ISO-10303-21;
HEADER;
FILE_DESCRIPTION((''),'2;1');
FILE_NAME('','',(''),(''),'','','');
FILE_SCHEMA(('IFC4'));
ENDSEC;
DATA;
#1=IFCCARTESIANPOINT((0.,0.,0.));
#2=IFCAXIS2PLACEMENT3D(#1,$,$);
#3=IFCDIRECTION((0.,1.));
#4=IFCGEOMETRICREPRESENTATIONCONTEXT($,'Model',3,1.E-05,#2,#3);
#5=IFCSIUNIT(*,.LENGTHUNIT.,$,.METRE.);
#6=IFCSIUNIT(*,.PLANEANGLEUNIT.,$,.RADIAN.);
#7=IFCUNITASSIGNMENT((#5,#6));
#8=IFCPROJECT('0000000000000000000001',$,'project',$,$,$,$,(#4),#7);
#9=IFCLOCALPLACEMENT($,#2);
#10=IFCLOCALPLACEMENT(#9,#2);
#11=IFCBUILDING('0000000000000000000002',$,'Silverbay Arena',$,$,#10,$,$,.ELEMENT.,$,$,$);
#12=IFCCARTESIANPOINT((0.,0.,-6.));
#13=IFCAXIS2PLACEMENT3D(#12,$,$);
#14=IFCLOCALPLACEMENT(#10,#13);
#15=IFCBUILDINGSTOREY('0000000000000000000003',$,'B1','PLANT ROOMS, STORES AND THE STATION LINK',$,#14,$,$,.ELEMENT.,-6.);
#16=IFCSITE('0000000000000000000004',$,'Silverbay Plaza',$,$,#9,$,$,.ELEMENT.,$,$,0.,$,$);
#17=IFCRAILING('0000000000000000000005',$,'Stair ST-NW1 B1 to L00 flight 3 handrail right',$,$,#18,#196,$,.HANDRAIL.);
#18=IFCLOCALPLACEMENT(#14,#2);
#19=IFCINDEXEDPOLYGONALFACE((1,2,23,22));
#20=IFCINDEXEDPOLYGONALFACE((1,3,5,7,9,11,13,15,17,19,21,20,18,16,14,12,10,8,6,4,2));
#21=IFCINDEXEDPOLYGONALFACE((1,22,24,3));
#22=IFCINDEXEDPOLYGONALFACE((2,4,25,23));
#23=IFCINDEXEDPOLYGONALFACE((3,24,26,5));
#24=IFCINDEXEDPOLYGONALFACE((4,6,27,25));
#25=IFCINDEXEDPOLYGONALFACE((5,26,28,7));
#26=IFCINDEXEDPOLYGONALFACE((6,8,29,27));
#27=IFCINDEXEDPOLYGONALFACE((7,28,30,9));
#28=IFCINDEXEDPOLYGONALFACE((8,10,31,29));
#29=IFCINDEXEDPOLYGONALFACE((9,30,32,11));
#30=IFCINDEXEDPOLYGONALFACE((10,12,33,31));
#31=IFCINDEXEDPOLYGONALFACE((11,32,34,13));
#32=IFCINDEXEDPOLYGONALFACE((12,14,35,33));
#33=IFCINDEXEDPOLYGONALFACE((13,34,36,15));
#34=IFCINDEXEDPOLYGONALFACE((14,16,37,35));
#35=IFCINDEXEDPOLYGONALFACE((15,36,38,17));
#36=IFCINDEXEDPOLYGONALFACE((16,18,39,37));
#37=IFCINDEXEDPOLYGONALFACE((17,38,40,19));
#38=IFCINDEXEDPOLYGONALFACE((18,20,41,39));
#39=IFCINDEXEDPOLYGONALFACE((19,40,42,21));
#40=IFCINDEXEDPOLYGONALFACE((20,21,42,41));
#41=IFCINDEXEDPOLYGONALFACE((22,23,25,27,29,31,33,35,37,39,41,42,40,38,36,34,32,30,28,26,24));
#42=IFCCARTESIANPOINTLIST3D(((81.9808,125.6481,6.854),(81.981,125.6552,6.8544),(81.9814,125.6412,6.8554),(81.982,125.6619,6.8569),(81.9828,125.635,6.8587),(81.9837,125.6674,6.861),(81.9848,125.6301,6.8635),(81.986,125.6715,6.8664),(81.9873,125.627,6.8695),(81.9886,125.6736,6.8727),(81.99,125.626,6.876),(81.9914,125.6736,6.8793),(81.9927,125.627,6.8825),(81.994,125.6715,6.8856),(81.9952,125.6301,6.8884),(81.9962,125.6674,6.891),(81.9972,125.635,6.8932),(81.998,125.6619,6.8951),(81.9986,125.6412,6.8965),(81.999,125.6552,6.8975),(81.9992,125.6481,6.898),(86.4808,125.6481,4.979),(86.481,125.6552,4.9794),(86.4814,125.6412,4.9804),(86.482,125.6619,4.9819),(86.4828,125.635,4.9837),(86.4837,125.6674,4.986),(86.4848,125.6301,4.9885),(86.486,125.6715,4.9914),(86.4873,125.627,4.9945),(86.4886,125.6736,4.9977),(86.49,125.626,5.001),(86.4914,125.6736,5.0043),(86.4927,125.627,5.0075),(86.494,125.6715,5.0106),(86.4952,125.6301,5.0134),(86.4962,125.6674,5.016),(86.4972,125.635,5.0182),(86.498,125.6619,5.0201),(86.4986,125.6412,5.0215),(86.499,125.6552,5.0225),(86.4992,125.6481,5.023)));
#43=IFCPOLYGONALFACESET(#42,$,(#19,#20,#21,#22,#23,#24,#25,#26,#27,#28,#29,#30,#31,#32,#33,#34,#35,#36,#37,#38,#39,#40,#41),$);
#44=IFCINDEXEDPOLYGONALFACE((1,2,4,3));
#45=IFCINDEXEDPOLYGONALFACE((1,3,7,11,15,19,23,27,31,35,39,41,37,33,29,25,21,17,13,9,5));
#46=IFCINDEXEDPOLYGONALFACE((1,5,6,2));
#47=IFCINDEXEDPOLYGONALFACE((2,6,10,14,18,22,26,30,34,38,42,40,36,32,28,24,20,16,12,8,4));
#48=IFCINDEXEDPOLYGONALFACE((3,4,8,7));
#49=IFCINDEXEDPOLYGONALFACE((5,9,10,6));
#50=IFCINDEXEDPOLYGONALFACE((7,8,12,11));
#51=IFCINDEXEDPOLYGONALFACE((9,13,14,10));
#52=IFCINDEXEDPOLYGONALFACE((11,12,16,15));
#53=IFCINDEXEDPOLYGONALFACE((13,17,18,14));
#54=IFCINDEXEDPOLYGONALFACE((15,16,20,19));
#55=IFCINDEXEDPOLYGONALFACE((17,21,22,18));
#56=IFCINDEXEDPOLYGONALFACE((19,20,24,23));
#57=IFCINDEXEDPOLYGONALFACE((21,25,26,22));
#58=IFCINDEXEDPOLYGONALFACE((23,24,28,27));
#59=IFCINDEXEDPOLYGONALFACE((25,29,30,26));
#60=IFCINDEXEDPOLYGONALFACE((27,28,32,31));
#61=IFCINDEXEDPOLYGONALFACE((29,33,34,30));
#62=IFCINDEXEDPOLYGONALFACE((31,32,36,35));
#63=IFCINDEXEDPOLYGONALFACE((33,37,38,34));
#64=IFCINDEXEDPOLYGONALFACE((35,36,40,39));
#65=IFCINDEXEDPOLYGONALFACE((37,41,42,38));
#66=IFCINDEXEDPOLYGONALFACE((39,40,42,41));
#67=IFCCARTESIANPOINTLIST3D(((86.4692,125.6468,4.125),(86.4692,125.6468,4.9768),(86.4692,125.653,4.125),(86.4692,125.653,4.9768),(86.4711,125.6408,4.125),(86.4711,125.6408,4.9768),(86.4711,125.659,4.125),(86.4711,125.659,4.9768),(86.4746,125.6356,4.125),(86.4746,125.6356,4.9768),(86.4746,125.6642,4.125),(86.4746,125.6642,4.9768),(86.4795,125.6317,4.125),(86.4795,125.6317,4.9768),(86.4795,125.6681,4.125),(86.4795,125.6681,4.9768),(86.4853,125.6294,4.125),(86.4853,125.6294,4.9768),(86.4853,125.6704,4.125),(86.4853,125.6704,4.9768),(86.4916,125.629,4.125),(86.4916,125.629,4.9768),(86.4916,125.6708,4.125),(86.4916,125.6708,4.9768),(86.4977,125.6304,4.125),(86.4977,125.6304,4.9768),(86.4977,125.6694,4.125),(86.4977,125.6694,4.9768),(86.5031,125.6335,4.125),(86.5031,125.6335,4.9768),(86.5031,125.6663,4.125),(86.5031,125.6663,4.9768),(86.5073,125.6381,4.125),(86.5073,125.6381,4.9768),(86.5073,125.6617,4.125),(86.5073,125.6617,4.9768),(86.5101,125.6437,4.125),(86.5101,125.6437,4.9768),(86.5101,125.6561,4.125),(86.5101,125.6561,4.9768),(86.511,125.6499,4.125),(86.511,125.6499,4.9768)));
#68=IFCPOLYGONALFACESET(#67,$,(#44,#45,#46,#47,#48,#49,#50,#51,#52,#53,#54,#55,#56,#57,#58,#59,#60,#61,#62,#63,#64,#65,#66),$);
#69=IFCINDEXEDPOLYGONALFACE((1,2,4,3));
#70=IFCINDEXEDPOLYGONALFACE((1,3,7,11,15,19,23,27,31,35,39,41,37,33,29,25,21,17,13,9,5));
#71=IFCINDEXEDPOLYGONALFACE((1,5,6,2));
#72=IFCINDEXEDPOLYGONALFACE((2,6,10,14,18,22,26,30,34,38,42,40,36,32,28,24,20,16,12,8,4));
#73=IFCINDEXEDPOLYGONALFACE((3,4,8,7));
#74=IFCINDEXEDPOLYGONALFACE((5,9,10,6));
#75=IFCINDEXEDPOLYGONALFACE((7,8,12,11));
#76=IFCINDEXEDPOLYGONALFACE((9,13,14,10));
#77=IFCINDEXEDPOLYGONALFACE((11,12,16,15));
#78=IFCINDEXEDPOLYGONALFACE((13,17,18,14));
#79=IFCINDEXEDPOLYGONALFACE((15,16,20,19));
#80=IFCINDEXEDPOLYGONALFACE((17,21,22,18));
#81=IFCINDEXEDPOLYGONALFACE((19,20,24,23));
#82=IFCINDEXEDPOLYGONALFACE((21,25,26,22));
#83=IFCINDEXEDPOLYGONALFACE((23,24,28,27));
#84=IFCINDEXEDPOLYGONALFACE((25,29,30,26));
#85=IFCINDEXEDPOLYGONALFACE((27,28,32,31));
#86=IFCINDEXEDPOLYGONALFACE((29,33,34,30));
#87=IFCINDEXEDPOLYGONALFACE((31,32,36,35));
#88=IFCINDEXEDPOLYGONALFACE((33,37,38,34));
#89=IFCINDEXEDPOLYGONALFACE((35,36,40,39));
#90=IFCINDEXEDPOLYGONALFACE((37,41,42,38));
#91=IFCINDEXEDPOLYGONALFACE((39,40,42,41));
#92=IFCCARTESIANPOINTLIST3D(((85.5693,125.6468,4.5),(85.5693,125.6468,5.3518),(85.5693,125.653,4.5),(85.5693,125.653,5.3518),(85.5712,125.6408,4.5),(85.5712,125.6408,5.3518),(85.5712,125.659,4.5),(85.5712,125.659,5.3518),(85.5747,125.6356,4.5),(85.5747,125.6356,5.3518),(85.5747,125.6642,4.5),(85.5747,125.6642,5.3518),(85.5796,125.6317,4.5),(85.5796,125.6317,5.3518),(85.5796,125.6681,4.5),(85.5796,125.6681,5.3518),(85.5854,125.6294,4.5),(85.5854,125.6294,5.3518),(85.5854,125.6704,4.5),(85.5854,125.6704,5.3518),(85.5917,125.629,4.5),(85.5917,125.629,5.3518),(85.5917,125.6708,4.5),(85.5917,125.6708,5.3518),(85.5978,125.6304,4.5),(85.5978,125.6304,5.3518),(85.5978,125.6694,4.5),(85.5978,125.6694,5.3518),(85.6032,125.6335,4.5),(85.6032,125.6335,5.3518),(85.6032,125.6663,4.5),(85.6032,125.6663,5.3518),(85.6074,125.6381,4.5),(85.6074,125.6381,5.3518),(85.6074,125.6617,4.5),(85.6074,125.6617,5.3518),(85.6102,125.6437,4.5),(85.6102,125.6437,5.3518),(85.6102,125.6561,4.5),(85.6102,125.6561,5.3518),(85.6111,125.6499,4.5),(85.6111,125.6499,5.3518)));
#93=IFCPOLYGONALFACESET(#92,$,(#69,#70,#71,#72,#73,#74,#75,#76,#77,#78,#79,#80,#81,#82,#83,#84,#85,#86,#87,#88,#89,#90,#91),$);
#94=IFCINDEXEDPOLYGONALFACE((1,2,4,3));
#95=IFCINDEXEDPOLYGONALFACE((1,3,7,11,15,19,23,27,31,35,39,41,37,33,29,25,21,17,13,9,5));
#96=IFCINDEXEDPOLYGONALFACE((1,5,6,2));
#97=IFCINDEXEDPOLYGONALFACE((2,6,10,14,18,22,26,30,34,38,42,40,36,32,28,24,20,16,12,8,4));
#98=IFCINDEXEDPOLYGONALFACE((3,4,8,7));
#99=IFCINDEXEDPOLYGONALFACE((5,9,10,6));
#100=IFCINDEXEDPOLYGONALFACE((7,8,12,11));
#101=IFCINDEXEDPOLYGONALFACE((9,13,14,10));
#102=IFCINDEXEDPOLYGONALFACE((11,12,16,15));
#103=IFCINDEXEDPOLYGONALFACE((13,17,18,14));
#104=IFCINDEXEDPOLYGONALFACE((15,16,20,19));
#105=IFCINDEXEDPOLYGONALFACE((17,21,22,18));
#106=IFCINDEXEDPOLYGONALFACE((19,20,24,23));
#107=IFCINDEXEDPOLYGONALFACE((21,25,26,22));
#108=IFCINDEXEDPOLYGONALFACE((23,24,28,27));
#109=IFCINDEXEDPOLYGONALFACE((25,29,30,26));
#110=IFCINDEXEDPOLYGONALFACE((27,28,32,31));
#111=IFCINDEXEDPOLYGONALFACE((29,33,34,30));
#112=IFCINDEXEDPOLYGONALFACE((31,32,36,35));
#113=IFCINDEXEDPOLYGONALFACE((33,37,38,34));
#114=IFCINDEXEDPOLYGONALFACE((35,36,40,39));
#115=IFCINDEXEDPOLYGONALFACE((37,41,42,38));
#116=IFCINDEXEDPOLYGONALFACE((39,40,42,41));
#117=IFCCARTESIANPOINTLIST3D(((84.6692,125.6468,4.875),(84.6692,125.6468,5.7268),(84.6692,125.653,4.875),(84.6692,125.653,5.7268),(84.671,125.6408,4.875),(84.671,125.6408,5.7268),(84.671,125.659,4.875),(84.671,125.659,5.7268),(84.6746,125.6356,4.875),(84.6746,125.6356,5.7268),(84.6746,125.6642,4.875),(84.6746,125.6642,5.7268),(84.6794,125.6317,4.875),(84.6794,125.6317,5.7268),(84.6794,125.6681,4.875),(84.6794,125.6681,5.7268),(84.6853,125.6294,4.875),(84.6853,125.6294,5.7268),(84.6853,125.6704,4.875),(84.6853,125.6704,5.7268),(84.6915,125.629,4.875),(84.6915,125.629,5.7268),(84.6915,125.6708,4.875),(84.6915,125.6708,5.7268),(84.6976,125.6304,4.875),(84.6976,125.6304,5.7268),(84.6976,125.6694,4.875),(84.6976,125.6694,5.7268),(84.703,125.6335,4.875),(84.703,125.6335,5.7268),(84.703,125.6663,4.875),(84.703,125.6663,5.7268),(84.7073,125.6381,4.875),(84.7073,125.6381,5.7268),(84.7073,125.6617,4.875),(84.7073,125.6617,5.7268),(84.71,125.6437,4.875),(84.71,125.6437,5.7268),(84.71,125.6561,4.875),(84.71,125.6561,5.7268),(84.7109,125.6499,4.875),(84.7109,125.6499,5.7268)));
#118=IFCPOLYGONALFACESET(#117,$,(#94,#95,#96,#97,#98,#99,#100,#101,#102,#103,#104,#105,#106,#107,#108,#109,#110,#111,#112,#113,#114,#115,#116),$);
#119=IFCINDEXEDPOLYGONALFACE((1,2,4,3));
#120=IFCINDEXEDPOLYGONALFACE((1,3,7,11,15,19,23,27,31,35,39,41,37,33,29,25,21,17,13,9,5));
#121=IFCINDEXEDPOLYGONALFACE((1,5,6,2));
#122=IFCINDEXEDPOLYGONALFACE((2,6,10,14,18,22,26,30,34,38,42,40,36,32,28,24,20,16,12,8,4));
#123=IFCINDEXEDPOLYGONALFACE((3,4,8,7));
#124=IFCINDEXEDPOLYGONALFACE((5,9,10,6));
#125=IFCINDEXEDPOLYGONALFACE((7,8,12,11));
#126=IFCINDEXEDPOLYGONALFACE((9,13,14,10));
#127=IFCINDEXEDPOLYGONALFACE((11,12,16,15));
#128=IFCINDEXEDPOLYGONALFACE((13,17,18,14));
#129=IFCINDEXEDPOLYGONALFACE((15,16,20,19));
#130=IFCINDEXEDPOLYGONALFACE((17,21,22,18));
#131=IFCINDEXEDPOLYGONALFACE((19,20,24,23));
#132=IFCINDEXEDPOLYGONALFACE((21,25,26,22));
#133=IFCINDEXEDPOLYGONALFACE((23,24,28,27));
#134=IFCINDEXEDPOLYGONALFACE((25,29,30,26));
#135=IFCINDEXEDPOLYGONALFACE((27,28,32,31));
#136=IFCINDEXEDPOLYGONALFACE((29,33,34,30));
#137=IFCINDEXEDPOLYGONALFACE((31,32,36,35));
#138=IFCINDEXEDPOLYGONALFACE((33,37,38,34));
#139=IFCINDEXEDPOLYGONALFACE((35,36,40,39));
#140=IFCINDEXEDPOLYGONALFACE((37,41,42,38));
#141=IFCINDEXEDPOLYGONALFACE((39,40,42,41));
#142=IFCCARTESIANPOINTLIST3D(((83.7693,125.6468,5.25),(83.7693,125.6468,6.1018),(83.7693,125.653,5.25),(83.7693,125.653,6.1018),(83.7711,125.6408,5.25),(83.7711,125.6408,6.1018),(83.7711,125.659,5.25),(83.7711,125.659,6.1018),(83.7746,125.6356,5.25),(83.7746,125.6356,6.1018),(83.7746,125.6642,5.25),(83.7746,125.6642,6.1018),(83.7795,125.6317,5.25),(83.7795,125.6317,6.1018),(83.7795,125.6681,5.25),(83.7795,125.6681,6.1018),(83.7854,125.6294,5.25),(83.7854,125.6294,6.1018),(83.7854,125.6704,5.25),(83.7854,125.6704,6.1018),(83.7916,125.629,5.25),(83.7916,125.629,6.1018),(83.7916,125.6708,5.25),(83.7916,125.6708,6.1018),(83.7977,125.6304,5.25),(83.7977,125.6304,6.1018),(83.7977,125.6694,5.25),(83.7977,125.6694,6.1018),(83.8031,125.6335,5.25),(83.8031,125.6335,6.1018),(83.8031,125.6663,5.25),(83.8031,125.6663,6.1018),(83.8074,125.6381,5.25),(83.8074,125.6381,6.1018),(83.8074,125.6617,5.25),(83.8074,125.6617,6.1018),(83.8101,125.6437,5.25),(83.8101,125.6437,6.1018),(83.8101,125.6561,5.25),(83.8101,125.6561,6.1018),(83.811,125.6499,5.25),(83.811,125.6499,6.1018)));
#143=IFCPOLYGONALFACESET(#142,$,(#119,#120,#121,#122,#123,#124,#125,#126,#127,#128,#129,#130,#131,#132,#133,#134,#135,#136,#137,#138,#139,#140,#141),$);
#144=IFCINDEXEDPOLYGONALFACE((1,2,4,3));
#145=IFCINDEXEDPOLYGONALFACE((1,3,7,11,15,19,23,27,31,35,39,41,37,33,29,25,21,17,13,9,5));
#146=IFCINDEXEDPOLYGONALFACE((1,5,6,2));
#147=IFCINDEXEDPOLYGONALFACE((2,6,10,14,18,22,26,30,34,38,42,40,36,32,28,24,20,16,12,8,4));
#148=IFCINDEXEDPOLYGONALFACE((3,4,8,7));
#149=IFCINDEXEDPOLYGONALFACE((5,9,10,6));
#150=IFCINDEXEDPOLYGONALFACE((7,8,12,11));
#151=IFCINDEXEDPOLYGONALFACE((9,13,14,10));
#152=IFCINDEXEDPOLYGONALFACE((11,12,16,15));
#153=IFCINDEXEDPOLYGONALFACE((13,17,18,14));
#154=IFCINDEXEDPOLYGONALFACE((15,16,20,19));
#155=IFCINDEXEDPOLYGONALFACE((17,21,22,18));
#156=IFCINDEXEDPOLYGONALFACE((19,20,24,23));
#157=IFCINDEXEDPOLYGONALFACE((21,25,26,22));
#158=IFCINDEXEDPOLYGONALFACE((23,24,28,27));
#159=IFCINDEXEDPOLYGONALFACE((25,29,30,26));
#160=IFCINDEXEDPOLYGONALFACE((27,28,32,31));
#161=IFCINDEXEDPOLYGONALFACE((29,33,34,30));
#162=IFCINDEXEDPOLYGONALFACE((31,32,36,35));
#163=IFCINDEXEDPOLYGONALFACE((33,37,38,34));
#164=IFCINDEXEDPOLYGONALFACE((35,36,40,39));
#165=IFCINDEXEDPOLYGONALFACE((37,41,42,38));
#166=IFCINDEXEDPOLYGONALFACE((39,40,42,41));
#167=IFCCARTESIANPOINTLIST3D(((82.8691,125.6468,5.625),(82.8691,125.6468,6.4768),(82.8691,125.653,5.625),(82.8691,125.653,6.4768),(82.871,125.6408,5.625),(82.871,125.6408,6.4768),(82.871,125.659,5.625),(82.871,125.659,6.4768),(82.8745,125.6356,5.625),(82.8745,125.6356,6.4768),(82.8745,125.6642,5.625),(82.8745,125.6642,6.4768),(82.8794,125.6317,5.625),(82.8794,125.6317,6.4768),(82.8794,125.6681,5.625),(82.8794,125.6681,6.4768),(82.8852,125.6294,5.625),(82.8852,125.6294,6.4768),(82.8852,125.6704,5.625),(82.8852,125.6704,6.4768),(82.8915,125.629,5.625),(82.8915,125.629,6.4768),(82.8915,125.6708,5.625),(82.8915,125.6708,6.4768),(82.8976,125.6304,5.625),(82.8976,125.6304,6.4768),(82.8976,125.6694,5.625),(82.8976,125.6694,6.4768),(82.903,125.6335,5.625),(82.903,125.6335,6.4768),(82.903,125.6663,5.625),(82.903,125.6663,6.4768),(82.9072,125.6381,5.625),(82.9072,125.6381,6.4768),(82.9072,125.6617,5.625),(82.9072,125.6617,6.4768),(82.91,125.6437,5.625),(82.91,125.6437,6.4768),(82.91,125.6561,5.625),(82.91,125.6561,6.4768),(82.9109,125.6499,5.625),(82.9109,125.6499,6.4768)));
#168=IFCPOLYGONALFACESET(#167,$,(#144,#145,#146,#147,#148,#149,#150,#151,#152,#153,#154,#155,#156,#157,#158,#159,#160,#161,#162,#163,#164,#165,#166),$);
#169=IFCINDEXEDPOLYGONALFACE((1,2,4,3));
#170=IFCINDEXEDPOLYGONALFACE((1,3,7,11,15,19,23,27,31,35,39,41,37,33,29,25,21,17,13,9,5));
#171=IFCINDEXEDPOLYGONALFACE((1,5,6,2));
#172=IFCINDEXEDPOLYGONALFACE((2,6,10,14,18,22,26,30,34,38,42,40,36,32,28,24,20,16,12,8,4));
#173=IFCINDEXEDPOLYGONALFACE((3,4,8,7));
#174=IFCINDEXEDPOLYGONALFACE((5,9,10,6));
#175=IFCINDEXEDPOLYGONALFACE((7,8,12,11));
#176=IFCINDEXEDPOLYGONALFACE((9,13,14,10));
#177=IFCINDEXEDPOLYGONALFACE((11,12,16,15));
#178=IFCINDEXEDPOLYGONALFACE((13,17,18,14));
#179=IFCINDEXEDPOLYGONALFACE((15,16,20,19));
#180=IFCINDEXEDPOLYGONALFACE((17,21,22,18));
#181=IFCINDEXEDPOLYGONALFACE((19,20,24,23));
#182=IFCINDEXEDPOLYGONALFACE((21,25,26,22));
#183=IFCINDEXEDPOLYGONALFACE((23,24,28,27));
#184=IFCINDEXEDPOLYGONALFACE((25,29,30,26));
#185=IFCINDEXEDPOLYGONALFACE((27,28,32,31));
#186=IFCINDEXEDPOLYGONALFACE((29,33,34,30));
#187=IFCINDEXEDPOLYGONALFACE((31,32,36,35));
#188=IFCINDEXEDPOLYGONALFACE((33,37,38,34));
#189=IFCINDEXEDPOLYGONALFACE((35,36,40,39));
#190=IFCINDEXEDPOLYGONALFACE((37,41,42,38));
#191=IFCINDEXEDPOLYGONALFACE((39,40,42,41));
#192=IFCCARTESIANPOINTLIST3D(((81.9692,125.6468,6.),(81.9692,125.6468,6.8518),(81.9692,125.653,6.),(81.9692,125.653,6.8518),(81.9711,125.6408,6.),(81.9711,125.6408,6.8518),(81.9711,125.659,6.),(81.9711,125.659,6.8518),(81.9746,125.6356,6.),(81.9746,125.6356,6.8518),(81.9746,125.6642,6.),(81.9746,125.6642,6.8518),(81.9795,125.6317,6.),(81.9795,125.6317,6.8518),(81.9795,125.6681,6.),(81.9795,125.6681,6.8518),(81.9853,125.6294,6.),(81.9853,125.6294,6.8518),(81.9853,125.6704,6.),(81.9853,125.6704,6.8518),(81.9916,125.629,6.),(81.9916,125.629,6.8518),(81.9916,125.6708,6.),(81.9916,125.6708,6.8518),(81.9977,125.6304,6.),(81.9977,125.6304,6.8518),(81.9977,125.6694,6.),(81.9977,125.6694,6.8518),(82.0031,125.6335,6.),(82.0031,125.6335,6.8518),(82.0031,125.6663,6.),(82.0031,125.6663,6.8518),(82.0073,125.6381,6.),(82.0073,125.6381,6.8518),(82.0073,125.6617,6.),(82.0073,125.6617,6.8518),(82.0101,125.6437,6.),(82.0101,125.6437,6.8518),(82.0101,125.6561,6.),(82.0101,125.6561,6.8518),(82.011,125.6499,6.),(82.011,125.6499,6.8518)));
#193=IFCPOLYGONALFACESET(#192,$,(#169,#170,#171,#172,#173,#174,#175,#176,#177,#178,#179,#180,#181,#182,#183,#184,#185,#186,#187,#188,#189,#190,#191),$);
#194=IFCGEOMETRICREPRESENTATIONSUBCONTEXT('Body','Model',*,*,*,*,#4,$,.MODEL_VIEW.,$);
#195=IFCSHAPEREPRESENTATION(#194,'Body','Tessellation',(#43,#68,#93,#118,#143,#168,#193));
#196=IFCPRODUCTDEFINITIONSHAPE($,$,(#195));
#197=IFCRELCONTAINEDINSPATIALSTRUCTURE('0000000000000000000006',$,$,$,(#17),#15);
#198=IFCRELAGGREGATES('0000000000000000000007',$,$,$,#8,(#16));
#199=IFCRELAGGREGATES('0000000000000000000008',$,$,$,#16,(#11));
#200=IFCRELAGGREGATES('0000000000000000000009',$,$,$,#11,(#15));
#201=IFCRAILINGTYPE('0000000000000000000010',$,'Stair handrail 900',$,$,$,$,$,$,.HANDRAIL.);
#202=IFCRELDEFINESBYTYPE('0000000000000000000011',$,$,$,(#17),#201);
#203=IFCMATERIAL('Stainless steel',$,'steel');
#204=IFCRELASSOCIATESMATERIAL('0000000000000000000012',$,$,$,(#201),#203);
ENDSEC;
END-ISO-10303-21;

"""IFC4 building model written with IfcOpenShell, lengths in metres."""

from ifc_helpers import new_model, si_unit, direction, frame, origin, origin_2d, place, context, subcontext, project, spatial, circle, extrude, material, type_object, element, save


model = new_model("IFC4")

# Units and contexts
model_context = context("Model", 3, precision=1e-05, world=origin(), true_north=direction((0.0, 1.0)))
body_context = subcontext(model_context, "Body", "Model", "MODEL_VIEW")
ifc_project = project(units=[si_unit("LENGTHUNIT", "METRE"), si_unit("PLANEANGLEUNIT", "RADIAN")], contexts=[model_context])

# Site, building, storey
site_placement = place(None, origin())
site = spatial("IfcSite", under=ifc_project, at=site_placement, Name="Silverbay Plaza", CompositionType="ELEMENT", RefElevation=0.0)
building_placement = place(site_placement, origin())
building = spatial("IfcBuilding", under=site, at=building_placement, Name="Silverbay Arena", CompositionType="ELEMENT")
storey_placement = place(building_placement, frame((0.0, 0.0, -6.0)))
storey = spatial("IfcBuildingStorey", under=building, at=storey_placement, Name="B1", Description="PLANT ROOMS, STORES AND THE STATION LINK", CompositionType="ELEMENT", Elevation=-6.0)

# Railing
ifc_material_1 = material(Name="Stainless steel", Category="steel")
railing_type_1 = type_object("IfcRailingType", Name="Stair handrail 900", PredefinedType="HANDRAIL", material=ifc_material_1)
for number, where, name in (
    (1, (86.49, 125.6499, 4.125), "Stair ST-NW1 B1 to L00 flight 3 handrail right"),
):
    element("IfcRailing", number, at=place(storey_placement, frame(where)), inside=storey, type_object=railing_type_1, Name=name, PredefinedType="HANDRAIL", context=body_context, shape_type="SweptSolid", body=[
        extrude(circle(Radius=0.0239, at=origin_2d()), frame((0.0, 0.0, 0.876), z_axis=(-0.923077, 0.0, 0.384615), x_axis=(0.0, -1.0, 0.0)), (0.0, 0.0, 1.0), 4.875),
        extrude(circle(Radius=0.021, at=origin_2d()), origin(), (0.0, 0.0, 1.0), 0.8518),
        extrude(circle(Radius=0.021, at=origin_2d()), frame((-0.8999, 0.0, 0.375)), (0.0, 0.0, 1.0), 0.8518),
        extrude(circle(Radius=0.021, at=origin_2d()), frame((-1.8, 0.0, 0.75)), (0.0, 0.0, 1.0), 0.8518),
        extrude(circle(Radius=0.021, at=origin_2d()), frame((-2.7, 0.0, 1.125)), (0.0, 0.0, 1.0), 0.8518),
        extrude(circle(Radius=0.021, at=origin_2d()), frame((-3.6001, 0.0, 1.5)), (0.0, 0.0, 1.0), 0.8518),
        extrude(circle(Radius=0.021, at=origin_2d()), frame((-4.5, 0.0, 1.875)), (0.0, 0.0, 1.0), 0.8518),
    ])

save(model, "model.ifc")
